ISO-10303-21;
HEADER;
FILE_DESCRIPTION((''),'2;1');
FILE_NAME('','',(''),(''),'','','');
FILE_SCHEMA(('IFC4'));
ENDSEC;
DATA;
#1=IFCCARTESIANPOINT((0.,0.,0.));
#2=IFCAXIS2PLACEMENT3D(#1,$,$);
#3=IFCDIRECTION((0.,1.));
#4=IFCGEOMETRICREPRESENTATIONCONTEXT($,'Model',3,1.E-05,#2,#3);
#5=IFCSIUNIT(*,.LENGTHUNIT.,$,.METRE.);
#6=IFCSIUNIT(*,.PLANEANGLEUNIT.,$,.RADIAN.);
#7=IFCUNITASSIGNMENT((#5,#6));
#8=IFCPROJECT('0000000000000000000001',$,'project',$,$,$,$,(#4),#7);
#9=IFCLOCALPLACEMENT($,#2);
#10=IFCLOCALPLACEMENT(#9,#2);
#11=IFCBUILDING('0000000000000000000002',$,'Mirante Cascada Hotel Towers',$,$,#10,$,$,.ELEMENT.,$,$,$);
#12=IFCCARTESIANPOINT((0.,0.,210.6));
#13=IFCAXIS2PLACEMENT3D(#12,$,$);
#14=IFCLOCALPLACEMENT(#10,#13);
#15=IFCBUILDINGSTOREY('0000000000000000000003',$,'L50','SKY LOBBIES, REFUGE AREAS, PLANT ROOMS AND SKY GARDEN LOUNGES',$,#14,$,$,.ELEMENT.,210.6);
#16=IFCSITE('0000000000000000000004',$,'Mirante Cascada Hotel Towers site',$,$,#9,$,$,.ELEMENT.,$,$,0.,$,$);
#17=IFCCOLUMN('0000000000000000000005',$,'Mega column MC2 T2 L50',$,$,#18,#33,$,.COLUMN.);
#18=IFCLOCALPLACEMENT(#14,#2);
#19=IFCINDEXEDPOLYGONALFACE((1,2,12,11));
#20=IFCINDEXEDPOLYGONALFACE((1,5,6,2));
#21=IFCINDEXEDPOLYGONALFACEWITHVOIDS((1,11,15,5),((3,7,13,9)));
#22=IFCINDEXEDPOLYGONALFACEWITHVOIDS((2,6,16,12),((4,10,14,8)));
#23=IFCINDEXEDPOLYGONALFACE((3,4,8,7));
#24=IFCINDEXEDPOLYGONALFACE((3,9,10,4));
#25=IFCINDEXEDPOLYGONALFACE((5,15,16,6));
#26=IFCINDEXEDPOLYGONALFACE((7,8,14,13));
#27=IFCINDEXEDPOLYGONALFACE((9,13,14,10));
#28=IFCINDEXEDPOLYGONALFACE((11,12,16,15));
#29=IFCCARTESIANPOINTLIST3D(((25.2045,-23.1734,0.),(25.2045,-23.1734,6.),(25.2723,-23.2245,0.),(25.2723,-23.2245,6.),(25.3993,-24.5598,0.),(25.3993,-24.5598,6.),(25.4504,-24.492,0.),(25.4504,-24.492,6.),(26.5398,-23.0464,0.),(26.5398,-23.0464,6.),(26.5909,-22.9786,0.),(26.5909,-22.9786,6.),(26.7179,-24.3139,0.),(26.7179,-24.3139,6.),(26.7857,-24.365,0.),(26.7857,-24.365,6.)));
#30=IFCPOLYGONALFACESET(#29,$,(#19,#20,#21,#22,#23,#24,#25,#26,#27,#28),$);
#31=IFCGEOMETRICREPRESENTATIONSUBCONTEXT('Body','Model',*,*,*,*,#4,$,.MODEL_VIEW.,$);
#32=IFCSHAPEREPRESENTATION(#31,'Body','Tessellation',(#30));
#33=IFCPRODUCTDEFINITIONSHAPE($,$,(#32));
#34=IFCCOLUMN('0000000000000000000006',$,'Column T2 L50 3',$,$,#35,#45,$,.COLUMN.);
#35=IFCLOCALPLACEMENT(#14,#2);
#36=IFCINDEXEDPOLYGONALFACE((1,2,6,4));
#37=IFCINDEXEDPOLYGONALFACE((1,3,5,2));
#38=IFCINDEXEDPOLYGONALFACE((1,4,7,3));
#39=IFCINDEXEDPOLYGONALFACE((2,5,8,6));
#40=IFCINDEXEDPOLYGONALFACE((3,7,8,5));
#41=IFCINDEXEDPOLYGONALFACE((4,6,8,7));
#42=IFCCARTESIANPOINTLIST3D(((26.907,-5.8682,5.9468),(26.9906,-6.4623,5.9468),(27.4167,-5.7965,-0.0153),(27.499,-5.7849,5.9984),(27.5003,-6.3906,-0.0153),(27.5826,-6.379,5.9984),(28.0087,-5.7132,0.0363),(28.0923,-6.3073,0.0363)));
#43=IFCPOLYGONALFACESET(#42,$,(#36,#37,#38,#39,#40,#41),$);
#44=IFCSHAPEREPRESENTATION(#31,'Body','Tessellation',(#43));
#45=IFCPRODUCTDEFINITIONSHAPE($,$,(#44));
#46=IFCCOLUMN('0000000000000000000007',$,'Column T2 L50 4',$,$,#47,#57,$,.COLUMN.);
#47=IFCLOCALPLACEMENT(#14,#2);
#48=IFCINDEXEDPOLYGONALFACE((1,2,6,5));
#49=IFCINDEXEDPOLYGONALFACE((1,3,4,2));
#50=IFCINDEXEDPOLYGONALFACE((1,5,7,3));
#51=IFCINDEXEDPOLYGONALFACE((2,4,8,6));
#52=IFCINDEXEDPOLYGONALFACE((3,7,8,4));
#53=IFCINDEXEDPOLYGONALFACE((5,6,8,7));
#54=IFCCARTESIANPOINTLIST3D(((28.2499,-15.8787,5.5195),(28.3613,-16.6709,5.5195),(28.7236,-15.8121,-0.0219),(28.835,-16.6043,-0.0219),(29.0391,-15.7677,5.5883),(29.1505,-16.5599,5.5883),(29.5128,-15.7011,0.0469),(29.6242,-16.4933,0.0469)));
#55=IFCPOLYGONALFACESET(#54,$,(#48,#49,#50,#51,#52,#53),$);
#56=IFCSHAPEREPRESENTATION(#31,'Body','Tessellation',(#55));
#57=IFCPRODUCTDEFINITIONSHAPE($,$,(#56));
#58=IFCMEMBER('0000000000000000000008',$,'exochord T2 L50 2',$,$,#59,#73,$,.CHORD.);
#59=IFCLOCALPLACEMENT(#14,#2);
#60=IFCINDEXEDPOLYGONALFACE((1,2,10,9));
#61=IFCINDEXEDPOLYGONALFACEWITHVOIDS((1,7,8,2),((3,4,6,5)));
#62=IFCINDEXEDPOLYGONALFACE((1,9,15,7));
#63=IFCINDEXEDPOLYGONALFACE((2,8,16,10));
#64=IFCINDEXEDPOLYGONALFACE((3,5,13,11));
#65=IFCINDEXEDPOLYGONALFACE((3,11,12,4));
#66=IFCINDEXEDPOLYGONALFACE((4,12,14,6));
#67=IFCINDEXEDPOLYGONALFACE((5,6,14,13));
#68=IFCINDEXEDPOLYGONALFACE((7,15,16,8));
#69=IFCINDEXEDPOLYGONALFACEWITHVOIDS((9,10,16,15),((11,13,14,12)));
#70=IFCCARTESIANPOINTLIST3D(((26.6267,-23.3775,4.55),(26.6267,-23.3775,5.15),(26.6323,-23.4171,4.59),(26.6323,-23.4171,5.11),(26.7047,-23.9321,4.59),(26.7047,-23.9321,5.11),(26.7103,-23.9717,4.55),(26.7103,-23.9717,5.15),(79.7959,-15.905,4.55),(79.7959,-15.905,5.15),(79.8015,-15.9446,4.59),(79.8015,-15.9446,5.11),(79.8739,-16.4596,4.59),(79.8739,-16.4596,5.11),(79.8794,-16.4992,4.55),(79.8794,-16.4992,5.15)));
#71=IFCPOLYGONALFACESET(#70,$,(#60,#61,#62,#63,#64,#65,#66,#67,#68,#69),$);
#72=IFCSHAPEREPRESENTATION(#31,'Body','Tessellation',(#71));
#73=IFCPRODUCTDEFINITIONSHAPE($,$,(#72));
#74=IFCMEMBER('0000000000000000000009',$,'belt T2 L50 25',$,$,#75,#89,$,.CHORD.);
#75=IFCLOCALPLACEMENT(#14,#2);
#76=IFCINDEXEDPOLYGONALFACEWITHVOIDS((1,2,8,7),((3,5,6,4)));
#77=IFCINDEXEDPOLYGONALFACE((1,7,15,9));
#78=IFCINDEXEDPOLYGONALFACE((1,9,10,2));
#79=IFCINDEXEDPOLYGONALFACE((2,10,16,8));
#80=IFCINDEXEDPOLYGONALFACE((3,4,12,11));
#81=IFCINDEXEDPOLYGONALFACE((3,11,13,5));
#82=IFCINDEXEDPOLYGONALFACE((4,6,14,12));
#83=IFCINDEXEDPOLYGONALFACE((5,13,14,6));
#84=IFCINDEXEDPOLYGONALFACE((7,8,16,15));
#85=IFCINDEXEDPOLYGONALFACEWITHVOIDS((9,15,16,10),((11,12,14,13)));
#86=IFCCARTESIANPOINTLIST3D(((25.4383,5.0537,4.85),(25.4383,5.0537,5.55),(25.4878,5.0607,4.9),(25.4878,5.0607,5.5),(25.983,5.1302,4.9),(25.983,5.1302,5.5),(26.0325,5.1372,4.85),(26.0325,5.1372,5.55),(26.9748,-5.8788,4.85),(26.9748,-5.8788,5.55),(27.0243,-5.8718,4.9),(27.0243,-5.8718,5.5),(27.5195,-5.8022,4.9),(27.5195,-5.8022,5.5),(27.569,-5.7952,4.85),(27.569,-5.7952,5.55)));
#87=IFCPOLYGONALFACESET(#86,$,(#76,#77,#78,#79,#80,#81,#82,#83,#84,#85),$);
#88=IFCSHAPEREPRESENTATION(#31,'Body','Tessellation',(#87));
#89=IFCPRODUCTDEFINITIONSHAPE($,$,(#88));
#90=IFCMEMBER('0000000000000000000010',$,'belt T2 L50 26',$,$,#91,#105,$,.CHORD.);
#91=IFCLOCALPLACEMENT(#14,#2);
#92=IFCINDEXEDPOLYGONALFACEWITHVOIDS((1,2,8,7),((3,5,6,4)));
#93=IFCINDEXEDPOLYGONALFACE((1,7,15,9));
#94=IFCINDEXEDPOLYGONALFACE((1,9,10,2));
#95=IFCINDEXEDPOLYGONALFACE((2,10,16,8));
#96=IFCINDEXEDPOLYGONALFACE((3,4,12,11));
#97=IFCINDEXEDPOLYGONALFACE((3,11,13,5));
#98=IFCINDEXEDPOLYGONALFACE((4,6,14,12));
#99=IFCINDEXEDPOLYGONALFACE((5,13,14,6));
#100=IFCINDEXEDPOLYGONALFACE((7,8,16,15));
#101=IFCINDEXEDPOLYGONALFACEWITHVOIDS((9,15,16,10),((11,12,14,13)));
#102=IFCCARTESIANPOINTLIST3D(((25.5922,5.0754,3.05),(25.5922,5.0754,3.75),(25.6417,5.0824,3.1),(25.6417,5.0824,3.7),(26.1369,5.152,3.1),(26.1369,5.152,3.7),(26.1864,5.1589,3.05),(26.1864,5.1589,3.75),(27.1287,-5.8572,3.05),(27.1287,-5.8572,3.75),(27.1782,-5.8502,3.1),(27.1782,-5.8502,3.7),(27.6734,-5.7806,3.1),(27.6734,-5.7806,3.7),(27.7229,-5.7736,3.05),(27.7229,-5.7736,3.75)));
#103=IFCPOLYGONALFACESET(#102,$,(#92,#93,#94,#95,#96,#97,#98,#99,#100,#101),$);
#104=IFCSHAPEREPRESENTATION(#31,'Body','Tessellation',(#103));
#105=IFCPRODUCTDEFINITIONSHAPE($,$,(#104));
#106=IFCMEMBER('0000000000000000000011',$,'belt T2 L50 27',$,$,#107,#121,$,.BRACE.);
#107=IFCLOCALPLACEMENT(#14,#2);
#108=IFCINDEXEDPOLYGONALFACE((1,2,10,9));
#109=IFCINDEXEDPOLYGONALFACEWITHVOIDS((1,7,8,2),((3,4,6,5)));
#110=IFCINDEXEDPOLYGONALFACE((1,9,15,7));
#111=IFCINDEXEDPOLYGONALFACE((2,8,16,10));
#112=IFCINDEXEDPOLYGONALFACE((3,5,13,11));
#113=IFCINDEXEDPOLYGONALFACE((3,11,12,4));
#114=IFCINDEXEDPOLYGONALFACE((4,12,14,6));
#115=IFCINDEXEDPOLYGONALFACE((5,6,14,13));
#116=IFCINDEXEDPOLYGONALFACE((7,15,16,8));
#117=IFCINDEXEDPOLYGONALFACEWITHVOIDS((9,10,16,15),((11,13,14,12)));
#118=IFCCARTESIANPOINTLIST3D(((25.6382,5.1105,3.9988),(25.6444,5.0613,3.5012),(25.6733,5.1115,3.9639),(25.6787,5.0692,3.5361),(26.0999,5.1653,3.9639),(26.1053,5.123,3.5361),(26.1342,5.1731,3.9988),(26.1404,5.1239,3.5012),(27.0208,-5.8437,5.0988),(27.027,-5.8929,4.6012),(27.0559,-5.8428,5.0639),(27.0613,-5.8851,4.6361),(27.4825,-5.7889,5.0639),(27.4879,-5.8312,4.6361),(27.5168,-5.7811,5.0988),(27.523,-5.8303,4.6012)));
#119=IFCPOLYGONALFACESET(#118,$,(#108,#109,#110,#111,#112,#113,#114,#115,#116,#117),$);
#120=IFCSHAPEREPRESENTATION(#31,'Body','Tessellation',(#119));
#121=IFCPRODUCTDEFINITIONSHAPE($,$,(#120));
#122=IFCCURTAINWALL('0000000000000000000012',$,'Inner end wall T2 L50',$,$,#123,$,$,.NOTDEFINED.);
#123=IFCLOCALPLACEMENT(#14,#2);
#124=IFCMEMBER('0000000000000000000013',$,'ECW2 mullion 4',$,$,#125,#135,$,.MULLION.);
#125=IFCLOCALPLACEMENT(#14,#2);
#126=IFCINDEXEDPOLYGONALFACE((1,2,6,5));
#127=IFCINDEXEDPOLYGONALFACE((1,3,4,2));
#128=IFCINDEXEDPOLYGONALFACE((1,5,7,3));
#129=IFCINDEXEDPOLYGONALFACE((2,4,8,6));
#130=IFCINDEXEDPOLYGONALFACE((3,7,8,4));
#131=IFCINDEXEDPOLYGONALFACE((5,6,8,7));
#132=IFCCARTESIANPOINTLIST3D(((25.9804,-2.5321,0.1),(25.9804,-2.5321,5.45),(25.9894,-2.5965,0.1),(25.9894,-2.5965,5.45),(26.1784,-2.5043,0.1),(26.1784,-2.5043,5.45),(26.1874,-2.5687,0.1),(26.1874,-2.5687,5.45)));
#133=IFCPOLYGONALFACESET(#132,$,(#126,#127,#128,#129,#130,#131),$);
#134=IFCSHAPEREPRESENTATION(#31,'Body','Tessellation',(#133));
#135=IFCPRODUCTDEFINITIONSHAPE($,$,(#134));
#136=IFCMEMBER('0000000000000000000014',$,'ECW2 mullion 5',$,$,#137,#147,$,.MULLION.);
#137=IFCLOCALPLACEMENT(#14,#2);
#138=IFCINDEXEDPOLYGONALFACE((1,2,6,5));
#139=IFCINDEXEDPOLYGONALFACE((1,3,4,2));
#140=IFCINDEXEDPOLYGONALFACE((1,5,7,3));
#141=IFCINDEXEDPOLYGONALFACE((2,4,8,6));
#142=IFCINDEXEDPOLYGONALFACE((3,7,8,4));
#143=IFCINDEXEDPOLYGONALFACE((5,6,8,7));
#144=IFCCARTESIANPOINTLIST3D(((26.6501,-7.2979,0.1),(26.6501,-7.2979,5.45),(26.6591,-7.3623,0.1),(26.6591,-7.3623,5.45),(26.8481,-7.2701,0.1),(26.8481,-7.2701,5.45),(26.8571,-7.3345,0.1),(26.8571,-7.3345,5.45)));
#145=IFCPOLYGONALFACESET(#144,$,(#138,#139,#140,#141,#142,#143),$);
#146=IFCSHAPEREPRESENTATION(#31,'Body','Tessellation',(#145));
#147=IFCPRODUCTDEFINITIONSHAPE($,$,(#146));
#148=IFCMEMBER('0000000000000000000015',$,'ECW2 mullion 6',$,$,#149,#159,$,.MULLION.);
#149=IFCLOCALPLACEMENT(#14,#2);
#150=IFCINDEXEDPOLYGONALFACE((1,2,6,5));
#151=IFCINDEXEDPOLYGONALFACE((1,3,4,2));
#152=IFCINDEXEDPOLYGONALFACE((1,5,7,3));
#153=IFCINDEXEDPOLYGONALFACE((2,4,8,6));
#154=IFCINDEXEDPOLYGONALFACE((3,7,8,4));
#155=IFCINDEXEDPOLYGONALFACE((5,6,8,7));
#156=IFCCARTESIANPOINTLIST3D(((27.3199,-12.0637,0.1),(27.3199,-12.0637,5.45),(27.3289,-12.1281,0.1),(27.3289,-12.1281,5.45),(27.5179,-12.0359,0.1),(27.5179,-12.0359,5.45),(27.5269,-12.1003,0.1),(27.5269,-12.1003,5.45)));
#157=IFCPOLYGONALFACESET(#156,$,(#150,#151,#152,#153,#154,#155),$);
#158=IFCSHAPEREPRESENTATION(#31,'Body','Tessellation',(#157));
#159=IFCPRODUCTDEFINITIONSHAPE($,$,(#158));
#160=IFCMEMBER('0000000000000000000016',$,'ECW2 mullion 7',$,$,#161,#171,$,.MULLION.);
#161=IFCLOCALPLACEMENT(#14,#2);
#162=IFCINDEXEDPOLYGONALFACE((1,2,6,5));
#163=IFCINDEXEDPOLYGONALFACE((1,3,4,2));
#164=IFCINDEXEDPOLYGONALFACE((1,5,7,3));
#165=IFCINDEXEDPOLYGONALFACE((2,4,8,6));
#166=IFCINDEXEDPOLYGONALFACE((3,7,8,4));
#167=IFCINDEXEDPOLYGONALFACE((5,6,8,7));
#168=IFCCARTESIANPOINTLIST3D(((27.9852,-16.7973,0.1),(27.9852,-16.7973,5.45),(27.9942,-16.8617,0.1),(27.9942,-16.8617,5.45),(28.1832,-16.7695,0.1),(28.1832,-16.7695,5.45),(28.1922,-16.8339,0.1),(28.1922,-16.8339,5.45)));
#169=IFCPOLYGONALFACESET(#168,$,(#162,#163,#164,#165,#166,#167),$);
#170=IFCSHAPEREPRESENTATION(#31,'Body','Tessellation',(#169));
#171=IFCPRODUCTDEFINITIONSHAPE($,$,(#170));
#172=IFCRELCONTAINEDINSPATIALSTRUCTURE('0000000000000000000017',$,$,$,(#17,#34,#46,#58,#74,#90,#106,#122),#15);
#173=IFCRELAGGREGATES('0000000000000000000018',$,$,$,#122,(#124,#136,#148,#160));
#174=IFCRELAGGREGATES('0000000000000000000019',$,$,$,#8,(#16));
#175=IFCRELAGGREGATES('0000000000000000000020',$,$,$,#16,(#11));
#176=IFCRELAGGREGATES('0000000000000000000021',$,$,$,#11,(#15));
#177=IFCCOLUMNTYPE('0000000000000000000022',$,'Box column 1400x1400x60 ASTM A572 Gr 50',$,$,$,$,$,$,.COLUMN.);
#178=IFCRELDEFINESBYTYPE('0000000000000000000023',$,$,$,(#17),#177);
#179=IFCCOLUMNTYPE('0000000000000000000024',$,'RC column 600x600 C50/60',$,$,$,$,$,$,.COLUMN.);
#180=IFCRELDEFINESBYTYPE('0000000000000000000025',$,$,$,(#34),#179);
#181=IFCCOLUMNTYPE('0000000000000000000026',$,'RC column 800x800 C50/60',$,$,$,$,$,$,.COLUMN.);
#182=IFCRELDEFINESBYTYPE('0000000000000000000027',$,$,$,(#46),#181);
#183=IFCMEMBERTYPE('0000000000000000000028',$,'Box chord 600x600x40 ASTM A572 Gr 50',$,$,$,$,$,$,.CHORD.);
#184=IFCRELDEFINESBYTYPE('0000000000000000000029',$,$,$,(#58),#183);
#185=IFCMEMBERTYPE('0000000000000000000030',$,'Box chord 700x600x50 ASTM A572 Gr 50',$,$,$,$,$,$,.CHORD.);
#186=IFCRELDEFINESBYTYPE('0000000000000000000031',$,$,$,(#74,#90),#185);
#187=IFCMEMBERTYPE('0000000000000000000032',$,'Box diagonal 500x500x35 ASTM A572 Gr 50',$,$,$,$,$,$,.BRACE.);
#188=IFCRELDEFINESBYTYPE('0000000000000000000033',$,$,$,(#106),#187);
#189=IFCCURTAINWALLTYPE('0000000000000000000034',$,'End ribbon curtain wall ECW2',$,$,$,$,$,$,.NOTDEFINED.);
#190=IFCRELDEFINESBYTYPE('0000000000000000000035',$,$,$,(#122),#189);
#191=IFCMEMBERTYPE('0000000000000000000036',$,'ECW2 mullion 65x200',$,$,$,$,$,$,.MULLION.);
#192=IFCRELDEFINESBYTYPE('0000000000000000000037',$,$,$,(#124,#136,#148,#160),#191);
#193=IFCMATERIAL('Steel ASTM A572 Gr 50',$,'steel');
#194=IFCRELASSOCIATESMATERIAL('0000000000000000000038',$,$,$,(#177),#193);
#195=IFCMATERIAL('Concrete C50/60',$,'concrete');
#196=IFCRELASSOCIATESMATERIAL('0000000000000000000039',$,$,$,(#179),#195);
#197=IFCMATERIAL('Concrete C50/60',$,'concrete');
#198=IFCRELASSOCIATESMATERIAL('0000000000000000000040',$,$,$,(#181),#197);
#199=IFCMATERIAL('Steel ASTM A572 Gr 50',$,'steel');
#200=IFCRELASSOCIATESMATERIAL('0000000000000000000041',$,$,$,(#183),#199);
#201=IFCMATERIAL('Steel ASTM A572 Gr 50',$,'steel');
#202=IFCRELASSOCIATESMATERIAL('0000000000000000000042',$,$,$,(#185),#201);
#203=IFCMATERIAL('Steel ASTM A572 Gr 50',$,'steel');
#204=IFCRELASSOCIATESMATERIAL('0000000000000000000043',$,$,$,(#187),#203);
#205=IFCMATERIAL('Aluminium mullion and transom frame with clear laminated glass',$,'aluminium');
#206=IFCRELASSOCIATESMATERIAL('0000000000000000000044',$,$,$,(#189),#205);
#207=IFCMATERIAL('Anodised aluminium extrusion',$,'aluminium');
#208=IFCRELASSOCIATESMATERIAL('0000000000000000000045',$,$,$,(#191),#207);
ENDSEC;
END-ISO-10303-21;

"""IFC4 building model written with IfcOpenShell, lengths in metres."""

from ifc_helpers import new_model, si_unit, direction, frame, origin, origin_2d, place, context, subcontext, project, spatial, rectangle, hollow_rectangle, extrude, material, material_profile, profile_set, type_object, element, aggregate, save


model = new_model("IFC4")

# Units and contexts
model_context = context("Model", 3, precision=1e-05, world=origin(), true_north=direction((0.0, 1.0)))
body_context = subcontext(model_context, "Body", "Model", "MODEL_VIEW")
ifc_project = project(units=[si_unit("LENGTHUNIT", "METRE"), si_unit("PLANEANGLEUNIT", "RADIAN")], contexts=[model_context])

# Site, building, storey
site_placement = place(None, origin())
site = spatial("IfcSite", under=ifc_project, at=site_placement, Name="Mirante Cascada Hotel Towers site", CompositionType="ELEMENT", RefElevation=0.0)
building_placement = place(site_placement, origin())
building = spatial("IfcBuilding", under=site, at=building_placement, Name="Mirante Cascada Hotel Towers", CompositionType="ELEMENT")
storey_placement = place(building_placement, frame((0.0, 0.0, 210.6)))
storey = spatial("IfcBuildingStorey", under=building, at=storey_placement, Name="L50", Description="SKY LOBBIES, REFUGE AREAS, PLANT ROOMS AND SKY GARDEN LOUNGES", CompositionType="ELEMENT", Elevation=210.6)

# Columns
ifc_material_1 = material(Name="Steel ASTM A572 Gr 50", Category="steel")
ifc_material_profile_1 = material_profile(ifc_material_1, hollow_rectangle(XDim=1.4, YDim=1.4, WallThickness=0.06, at=origin_2d()), Name="Box column 1400x1400x60 ASTM A572 Gr 50")
ifc_profile_set_1 = profile_set([ifc_material_profile_1], Name="Steel ASTM A572 Gr 50")
column_type_1 = type_object("IfcColumnType", Name="Box column 1400x1400x60 ASTM A572 Gr 50", PredefinedType="COLUMN", material=ifc_profile_set_1)
column_1_placement = place(storey_placement, frame((25.9951, -23.7692, 0.0), z_axis=(0.0, 0.0, 1.0), x_axis=(0.990268, 0.139173, 0.0)))
element("IfcColumn", 1, at=column_1_placement, inside=storey, type_object=column_type_1, Name="Mega column MC2 T2 L50", PredefinedType="COLUMN", context=body_context, shape_type="SweptSolid", body=[
    extrude(hollow_rectangle(XDim=1.4, YDim=1.4, WallThickness=0.06, at=origin_2d()), origin(), (0.0, 0.0, 1.0), 6.0),
])
ifc_material_2 = material(Name="Concrete C50/60", Category="concrete")
ifc_material_profile_2 = material_profile(ifc_material_2, rectangle(XDim=0.6, YDim=0.6, at=origin_2d()), Name="RC column 600x600 C50/60")
ifc_profile_set_2 = profile_set([ifc_material_profile_2], Name="Concrete C50/60")
column_type_2 = type_object("IfcColumnType", Name="RC column 600x600 C50/60", PredefinedType="COLUMN", material=ifc_profile_set_2)
column_2_placement = place(storey_placement, frame((27.7545, -6.0519, 0.0105), z_axis=(-0.085173, -0.011981, 0.996294), x_axis=(0.139299, -0.99025, 0.0)))
element("IfcColumn", 2, at=column_2_placement, inside=storey, type_object=column_type_2, Name="Column T2 L50 3", PredefinedType="COLUMN", context=body_context, shape_type="SweptSolid", body=[
    extrude(rectangle(XDim=0.6, YDim=0.6, at=origin_2d()), origin(), (0.0, 0.0, 1.0), 5.9843),
])
ifc_material_3 = material(Name="Concrete C50/60", Category="concrete")
ifc_material_profile_3 = material_profile(ifc_material_3, rectangle(XDim=0.8, YDim=0.8, at=origin_2d()), Name="RC column 800x800 C50/60")
ifc_profile_set_3 = profile_set([ifc_material_profile_3], Name="Concrete C50/60")
column_type_3 = type_object("IfcColumnType", Name="RC column 800x800 C50/60", PredefinedType="COLUMN", material=ifc_profile_set_3)
column_3_placement = place(storey_placement, frame((29.1739, -16.1527, 0.0125), z_axis=(-0.085167, -0.011974, 0.996295), x_axis=(0.139226, -0.990261, 0.0)))
element("IfcColumn", 3, at=column_3_placement, inside=storey, type_object=column_type_3, Name="Column T2 L50 4", PredefinedType="COLUMN", context=body_context, shape_type="SweptSolid", body=[
    extrude(rectangle(XDim=0.8, YDim=0.8, at=origin_2d()), origin(), (0.0, 0.0, 1.0), 5.562),
])

# Members
ifc_material_4 = material(Name="Steel ASTM A572 Gr 50", Category="steel")
ifc_material_profile_4 = material_profile(ifc_material_4, hollow_rectangle(XDim=0.6, YDim=0.6, WallThickness=0.04, at=origin_2d()), Name="Box chord 600x600x40 ASTM A572 Gr 50")
ifc_profile_set_4 = profile_set([ifc_material_profile_4], Name="Steel ASTM A572 Gr 50")
member_type_1 = type_object("IfcMemberType", Name="Box chord 600x600x40 ASTM A572 Gr 50", PredefinedType="CHORD", material=ifc_profile_set_4)
member_1_placement = place(storey_placement, frame((26.6685, -23.6746, 4.85), z_axis=(0.990268, 0.139174, 0.0), x_axis=(-0.139174, 0.990268, 0.0)))
element("IfcMember", 4, at=member_1_placement, inside=storey, type_object=member_type_1, Name="exochord T2 L50 2", PredefinedType="CHORD", context=body_context, shape_type="SweptSolid", body=[
    extrude(hollow_rectangle(XDim=0.6, YDim=0.6, WallThickness=0.04, at=origin_2d()), origin(), (0.0, 0.0, 1.0), 53.6917),
])
ifc_material_5 = material(Name="Steel ASTM A572 Gr 50", Category="steel")
ifc_material_profile_5 = material_profile(ifc_material_5, hollow_rectangle(XDim=0.6, YDim=0.7, WallThickness=0.05, at=origin_2d()), Name="Box chord 700x600x50 ASTM A572 Gr 50")
ifc_profile_set_5 = profile_set([ifc_material_profile_5], Name="Steel ASTM A572 Gr 50")
member_type_2 = type_object("IfcMemberType", Name="Box chord 700x600x50 ASTM A572 Gr 50", PredefinedType="CHORD", material=ifc_profile_set_5)
member_2_placement = place(storey_placement, frame((27.2719, -5.837, 5.2), z_axis=(-0.139176, 0.990268, 0.0), x_axis=(-0.990268, -0.139176, 0.0)))
element("IfcMember", 5, at=member_2_placement, inside=storey, type_object=member_type_2, Name="belt T2 L50 25", PredefinedType="CHORD", context=body_context, shape_type="SweptSolid", body=[
    extrude(hollow_rectangle(XDim=0.6, YDim=0.7, WallThickness=0.05, at=origin_2d()), origin(), (0.0, 0.0, 1.0), 11.0399),
])
member_3_placement = place(storey_placement, frame((27.4258, -5.8154, 3.4), z_axis=(-0.139175, 0.990268, 0.0), x_axis=(-0.990268, -0.139175, 0.0)))
element("IfcMember", 6, at=member_3_placement, inside=storey, type_object=member_type_2, Name="belt T2 L50 26", PredefinedType="CHORD", context=body_context, shape_type="SweptSolid", body=[
    extrude(hollow_rectangle(XDim=0.6, YDim=0.7, WallThickness=0.05, at=origin_2d()), origin(), (0.0, 0.0, 1.0), 11.04),
])
ifc_material_6 = material(Name="Steel ASTM A572 Gr 50", Category="steel")
ifc_material_profile_6 = material_profile(ifc_material_6, hollow_rectangle(XDim=0.5, YDim=0.5, WallThickness=0.035, at=origin_2d()), Name="Box diagonal 500x500x35 ASTM A572 Gr 50")
ifc_profile_set_6 = profile_set([ifc_material_profile_6], Name="Steel ASTM A572 Gr 50")
member_type_3 = type_object("IfcMemberType", Name="Box diagonal 500x500x35 ASTM A572 Gr 50", PredefinedType="BRACE", material=ifc_profile_set_6)
member_4_placement = place(storey_placement, frame((27.2719, -5.837, 4.85), z_axis=(-0.124606, 0.987241, -0.099137), x_axis=(-0.992129, -0.125223, 0.0)))
element("IfcMember", 7, at=member_4_placement, inside=storey, type_object=member_type_3, Name="belt T2 L50 27", PredefinedType="BRACE", context=body_context, shape_type="SweptSolid", body=[
    extrude(hollow_rectangle(XDim=0.5, YDim=0.5, WallThickness=0.035, at=origin_2d()), origin(), (0.0, 0.0, 1.0), 11.0958),
])

# Curtain wall, members
ifc_material_7 = material(Name="Aluminium mullion and transom frame with clear laminated glass", Category="aluminium")
curtain_wall_type = type_object("IfcCurtainWallType", Name="End ribbon curtain wall ECW2", PredefinedType="NOTDEFINED", material=ifc_material_7)
curtain_wall_placement = place(storey_placement, origin())
curtain_wall = element("IfcCurtainWall", 8, at=curtain_wall_placement, inside=storey, type_object=curtain_wall_type, Name="Inner end wall T2 L50", PredefinedType="NOTDEFINED")
ifc_material_8 = material(Name="Anodised aluminium extrusion", Category="aluminium")
ifc_material_profile_7 = material_profile(ifc_material_8, rectangle(XDim=0.2, YDim=0.065, at=origin_2d()), Name="ECW2 MULLION 65x200")
ifc_profile_set_7 = profile_set([ifc_material_profile_7], Name="Anodised aluminium extrusion")
member_type_4 = type_object("IfcMemberType", Name="ECW2 mullion 65x200", PredefinedType="MULLION", material=ifc_profile_set_7)
member_5_placement = place(storey_placement, frame((26.0839, -2.5504, 0.1), z_axis=(0.0, 0.0, 1.0), x_axis=(0.990268, 0.139173, 0.0)))
member_5 = element("IfcMember", 9, at=member_5_placement, type_object=member_type_4, Name="ECW2 mullion 4", PredefinedType="MULLION", context=body_context, shape_type="SweptSolid", body=[
    extrude(rectangle(XDim=0.2, YDim=0.065, at=origin_2d()), origin(), (0.0, 0.0, 1.0), 5.35),
])
member_6_placement = place(storey_placement, frame((26.7536, -7.3162, 0.1), z_axis=(0.0, 0.0, 1.0), x_axis=(0.990268, 0.139173, 0.0)))
member_6 = element("IfcMember", 10, at=member_6_placement, type_object=member_type_4, Name="ECW2 mullion 5", PredefinedType="MULLION", context=body_context, shape_type="SweptSolid", body=[
    extrude(rectangle(XDim=0.2, YDim=0.065, at=origin_2d()), origin(), (0.0, 0.0, 1.0), 5.35),
])
member_7_placement = place(storey_placement, frame((27.4234, -12.082, 0.1), z_axis=(0.0, 0.0, 1.0), x_axis=(0.990268, 0.139173, 0.0)))
member_7 = element("IfcMember", 11, at=member_7_placement, type_object=member_type_4, Name="ECW2 mullion 6", PredefinedType="MULLION", context=body_context, shape_type="SweptSolid", body=[
    extrude(rectangle(XDim=0.2, YDim=0.065, at=origin_2d()), origin(), (0.0, 0.0, 1.0), 5.35),
])
member_8_placement = place(storey_placement, frame((28.0887, -16.8156, 0.1), z_axis=(0.0, 0.0, 1.0), x_axis=(0.990268, 0.139173, 0.0)))
member_8 = element("IfcMember", 12, at=member_8_placement, type_object=member_type_4, Name="ECW2 mullion 7", PredefinedType="MULLION", context=body_context, shape_type="SweptSolid", body=[
    extrude(rectangle(XDim=0.2, YDim=0.065, at=origin_2d()), origin(), (0.0, 0.0, 1.0), 5.35),
])
aggregate(curtain_wall, [member_5, member_6, member_7, member_8])

save(model, "model.ifc")
